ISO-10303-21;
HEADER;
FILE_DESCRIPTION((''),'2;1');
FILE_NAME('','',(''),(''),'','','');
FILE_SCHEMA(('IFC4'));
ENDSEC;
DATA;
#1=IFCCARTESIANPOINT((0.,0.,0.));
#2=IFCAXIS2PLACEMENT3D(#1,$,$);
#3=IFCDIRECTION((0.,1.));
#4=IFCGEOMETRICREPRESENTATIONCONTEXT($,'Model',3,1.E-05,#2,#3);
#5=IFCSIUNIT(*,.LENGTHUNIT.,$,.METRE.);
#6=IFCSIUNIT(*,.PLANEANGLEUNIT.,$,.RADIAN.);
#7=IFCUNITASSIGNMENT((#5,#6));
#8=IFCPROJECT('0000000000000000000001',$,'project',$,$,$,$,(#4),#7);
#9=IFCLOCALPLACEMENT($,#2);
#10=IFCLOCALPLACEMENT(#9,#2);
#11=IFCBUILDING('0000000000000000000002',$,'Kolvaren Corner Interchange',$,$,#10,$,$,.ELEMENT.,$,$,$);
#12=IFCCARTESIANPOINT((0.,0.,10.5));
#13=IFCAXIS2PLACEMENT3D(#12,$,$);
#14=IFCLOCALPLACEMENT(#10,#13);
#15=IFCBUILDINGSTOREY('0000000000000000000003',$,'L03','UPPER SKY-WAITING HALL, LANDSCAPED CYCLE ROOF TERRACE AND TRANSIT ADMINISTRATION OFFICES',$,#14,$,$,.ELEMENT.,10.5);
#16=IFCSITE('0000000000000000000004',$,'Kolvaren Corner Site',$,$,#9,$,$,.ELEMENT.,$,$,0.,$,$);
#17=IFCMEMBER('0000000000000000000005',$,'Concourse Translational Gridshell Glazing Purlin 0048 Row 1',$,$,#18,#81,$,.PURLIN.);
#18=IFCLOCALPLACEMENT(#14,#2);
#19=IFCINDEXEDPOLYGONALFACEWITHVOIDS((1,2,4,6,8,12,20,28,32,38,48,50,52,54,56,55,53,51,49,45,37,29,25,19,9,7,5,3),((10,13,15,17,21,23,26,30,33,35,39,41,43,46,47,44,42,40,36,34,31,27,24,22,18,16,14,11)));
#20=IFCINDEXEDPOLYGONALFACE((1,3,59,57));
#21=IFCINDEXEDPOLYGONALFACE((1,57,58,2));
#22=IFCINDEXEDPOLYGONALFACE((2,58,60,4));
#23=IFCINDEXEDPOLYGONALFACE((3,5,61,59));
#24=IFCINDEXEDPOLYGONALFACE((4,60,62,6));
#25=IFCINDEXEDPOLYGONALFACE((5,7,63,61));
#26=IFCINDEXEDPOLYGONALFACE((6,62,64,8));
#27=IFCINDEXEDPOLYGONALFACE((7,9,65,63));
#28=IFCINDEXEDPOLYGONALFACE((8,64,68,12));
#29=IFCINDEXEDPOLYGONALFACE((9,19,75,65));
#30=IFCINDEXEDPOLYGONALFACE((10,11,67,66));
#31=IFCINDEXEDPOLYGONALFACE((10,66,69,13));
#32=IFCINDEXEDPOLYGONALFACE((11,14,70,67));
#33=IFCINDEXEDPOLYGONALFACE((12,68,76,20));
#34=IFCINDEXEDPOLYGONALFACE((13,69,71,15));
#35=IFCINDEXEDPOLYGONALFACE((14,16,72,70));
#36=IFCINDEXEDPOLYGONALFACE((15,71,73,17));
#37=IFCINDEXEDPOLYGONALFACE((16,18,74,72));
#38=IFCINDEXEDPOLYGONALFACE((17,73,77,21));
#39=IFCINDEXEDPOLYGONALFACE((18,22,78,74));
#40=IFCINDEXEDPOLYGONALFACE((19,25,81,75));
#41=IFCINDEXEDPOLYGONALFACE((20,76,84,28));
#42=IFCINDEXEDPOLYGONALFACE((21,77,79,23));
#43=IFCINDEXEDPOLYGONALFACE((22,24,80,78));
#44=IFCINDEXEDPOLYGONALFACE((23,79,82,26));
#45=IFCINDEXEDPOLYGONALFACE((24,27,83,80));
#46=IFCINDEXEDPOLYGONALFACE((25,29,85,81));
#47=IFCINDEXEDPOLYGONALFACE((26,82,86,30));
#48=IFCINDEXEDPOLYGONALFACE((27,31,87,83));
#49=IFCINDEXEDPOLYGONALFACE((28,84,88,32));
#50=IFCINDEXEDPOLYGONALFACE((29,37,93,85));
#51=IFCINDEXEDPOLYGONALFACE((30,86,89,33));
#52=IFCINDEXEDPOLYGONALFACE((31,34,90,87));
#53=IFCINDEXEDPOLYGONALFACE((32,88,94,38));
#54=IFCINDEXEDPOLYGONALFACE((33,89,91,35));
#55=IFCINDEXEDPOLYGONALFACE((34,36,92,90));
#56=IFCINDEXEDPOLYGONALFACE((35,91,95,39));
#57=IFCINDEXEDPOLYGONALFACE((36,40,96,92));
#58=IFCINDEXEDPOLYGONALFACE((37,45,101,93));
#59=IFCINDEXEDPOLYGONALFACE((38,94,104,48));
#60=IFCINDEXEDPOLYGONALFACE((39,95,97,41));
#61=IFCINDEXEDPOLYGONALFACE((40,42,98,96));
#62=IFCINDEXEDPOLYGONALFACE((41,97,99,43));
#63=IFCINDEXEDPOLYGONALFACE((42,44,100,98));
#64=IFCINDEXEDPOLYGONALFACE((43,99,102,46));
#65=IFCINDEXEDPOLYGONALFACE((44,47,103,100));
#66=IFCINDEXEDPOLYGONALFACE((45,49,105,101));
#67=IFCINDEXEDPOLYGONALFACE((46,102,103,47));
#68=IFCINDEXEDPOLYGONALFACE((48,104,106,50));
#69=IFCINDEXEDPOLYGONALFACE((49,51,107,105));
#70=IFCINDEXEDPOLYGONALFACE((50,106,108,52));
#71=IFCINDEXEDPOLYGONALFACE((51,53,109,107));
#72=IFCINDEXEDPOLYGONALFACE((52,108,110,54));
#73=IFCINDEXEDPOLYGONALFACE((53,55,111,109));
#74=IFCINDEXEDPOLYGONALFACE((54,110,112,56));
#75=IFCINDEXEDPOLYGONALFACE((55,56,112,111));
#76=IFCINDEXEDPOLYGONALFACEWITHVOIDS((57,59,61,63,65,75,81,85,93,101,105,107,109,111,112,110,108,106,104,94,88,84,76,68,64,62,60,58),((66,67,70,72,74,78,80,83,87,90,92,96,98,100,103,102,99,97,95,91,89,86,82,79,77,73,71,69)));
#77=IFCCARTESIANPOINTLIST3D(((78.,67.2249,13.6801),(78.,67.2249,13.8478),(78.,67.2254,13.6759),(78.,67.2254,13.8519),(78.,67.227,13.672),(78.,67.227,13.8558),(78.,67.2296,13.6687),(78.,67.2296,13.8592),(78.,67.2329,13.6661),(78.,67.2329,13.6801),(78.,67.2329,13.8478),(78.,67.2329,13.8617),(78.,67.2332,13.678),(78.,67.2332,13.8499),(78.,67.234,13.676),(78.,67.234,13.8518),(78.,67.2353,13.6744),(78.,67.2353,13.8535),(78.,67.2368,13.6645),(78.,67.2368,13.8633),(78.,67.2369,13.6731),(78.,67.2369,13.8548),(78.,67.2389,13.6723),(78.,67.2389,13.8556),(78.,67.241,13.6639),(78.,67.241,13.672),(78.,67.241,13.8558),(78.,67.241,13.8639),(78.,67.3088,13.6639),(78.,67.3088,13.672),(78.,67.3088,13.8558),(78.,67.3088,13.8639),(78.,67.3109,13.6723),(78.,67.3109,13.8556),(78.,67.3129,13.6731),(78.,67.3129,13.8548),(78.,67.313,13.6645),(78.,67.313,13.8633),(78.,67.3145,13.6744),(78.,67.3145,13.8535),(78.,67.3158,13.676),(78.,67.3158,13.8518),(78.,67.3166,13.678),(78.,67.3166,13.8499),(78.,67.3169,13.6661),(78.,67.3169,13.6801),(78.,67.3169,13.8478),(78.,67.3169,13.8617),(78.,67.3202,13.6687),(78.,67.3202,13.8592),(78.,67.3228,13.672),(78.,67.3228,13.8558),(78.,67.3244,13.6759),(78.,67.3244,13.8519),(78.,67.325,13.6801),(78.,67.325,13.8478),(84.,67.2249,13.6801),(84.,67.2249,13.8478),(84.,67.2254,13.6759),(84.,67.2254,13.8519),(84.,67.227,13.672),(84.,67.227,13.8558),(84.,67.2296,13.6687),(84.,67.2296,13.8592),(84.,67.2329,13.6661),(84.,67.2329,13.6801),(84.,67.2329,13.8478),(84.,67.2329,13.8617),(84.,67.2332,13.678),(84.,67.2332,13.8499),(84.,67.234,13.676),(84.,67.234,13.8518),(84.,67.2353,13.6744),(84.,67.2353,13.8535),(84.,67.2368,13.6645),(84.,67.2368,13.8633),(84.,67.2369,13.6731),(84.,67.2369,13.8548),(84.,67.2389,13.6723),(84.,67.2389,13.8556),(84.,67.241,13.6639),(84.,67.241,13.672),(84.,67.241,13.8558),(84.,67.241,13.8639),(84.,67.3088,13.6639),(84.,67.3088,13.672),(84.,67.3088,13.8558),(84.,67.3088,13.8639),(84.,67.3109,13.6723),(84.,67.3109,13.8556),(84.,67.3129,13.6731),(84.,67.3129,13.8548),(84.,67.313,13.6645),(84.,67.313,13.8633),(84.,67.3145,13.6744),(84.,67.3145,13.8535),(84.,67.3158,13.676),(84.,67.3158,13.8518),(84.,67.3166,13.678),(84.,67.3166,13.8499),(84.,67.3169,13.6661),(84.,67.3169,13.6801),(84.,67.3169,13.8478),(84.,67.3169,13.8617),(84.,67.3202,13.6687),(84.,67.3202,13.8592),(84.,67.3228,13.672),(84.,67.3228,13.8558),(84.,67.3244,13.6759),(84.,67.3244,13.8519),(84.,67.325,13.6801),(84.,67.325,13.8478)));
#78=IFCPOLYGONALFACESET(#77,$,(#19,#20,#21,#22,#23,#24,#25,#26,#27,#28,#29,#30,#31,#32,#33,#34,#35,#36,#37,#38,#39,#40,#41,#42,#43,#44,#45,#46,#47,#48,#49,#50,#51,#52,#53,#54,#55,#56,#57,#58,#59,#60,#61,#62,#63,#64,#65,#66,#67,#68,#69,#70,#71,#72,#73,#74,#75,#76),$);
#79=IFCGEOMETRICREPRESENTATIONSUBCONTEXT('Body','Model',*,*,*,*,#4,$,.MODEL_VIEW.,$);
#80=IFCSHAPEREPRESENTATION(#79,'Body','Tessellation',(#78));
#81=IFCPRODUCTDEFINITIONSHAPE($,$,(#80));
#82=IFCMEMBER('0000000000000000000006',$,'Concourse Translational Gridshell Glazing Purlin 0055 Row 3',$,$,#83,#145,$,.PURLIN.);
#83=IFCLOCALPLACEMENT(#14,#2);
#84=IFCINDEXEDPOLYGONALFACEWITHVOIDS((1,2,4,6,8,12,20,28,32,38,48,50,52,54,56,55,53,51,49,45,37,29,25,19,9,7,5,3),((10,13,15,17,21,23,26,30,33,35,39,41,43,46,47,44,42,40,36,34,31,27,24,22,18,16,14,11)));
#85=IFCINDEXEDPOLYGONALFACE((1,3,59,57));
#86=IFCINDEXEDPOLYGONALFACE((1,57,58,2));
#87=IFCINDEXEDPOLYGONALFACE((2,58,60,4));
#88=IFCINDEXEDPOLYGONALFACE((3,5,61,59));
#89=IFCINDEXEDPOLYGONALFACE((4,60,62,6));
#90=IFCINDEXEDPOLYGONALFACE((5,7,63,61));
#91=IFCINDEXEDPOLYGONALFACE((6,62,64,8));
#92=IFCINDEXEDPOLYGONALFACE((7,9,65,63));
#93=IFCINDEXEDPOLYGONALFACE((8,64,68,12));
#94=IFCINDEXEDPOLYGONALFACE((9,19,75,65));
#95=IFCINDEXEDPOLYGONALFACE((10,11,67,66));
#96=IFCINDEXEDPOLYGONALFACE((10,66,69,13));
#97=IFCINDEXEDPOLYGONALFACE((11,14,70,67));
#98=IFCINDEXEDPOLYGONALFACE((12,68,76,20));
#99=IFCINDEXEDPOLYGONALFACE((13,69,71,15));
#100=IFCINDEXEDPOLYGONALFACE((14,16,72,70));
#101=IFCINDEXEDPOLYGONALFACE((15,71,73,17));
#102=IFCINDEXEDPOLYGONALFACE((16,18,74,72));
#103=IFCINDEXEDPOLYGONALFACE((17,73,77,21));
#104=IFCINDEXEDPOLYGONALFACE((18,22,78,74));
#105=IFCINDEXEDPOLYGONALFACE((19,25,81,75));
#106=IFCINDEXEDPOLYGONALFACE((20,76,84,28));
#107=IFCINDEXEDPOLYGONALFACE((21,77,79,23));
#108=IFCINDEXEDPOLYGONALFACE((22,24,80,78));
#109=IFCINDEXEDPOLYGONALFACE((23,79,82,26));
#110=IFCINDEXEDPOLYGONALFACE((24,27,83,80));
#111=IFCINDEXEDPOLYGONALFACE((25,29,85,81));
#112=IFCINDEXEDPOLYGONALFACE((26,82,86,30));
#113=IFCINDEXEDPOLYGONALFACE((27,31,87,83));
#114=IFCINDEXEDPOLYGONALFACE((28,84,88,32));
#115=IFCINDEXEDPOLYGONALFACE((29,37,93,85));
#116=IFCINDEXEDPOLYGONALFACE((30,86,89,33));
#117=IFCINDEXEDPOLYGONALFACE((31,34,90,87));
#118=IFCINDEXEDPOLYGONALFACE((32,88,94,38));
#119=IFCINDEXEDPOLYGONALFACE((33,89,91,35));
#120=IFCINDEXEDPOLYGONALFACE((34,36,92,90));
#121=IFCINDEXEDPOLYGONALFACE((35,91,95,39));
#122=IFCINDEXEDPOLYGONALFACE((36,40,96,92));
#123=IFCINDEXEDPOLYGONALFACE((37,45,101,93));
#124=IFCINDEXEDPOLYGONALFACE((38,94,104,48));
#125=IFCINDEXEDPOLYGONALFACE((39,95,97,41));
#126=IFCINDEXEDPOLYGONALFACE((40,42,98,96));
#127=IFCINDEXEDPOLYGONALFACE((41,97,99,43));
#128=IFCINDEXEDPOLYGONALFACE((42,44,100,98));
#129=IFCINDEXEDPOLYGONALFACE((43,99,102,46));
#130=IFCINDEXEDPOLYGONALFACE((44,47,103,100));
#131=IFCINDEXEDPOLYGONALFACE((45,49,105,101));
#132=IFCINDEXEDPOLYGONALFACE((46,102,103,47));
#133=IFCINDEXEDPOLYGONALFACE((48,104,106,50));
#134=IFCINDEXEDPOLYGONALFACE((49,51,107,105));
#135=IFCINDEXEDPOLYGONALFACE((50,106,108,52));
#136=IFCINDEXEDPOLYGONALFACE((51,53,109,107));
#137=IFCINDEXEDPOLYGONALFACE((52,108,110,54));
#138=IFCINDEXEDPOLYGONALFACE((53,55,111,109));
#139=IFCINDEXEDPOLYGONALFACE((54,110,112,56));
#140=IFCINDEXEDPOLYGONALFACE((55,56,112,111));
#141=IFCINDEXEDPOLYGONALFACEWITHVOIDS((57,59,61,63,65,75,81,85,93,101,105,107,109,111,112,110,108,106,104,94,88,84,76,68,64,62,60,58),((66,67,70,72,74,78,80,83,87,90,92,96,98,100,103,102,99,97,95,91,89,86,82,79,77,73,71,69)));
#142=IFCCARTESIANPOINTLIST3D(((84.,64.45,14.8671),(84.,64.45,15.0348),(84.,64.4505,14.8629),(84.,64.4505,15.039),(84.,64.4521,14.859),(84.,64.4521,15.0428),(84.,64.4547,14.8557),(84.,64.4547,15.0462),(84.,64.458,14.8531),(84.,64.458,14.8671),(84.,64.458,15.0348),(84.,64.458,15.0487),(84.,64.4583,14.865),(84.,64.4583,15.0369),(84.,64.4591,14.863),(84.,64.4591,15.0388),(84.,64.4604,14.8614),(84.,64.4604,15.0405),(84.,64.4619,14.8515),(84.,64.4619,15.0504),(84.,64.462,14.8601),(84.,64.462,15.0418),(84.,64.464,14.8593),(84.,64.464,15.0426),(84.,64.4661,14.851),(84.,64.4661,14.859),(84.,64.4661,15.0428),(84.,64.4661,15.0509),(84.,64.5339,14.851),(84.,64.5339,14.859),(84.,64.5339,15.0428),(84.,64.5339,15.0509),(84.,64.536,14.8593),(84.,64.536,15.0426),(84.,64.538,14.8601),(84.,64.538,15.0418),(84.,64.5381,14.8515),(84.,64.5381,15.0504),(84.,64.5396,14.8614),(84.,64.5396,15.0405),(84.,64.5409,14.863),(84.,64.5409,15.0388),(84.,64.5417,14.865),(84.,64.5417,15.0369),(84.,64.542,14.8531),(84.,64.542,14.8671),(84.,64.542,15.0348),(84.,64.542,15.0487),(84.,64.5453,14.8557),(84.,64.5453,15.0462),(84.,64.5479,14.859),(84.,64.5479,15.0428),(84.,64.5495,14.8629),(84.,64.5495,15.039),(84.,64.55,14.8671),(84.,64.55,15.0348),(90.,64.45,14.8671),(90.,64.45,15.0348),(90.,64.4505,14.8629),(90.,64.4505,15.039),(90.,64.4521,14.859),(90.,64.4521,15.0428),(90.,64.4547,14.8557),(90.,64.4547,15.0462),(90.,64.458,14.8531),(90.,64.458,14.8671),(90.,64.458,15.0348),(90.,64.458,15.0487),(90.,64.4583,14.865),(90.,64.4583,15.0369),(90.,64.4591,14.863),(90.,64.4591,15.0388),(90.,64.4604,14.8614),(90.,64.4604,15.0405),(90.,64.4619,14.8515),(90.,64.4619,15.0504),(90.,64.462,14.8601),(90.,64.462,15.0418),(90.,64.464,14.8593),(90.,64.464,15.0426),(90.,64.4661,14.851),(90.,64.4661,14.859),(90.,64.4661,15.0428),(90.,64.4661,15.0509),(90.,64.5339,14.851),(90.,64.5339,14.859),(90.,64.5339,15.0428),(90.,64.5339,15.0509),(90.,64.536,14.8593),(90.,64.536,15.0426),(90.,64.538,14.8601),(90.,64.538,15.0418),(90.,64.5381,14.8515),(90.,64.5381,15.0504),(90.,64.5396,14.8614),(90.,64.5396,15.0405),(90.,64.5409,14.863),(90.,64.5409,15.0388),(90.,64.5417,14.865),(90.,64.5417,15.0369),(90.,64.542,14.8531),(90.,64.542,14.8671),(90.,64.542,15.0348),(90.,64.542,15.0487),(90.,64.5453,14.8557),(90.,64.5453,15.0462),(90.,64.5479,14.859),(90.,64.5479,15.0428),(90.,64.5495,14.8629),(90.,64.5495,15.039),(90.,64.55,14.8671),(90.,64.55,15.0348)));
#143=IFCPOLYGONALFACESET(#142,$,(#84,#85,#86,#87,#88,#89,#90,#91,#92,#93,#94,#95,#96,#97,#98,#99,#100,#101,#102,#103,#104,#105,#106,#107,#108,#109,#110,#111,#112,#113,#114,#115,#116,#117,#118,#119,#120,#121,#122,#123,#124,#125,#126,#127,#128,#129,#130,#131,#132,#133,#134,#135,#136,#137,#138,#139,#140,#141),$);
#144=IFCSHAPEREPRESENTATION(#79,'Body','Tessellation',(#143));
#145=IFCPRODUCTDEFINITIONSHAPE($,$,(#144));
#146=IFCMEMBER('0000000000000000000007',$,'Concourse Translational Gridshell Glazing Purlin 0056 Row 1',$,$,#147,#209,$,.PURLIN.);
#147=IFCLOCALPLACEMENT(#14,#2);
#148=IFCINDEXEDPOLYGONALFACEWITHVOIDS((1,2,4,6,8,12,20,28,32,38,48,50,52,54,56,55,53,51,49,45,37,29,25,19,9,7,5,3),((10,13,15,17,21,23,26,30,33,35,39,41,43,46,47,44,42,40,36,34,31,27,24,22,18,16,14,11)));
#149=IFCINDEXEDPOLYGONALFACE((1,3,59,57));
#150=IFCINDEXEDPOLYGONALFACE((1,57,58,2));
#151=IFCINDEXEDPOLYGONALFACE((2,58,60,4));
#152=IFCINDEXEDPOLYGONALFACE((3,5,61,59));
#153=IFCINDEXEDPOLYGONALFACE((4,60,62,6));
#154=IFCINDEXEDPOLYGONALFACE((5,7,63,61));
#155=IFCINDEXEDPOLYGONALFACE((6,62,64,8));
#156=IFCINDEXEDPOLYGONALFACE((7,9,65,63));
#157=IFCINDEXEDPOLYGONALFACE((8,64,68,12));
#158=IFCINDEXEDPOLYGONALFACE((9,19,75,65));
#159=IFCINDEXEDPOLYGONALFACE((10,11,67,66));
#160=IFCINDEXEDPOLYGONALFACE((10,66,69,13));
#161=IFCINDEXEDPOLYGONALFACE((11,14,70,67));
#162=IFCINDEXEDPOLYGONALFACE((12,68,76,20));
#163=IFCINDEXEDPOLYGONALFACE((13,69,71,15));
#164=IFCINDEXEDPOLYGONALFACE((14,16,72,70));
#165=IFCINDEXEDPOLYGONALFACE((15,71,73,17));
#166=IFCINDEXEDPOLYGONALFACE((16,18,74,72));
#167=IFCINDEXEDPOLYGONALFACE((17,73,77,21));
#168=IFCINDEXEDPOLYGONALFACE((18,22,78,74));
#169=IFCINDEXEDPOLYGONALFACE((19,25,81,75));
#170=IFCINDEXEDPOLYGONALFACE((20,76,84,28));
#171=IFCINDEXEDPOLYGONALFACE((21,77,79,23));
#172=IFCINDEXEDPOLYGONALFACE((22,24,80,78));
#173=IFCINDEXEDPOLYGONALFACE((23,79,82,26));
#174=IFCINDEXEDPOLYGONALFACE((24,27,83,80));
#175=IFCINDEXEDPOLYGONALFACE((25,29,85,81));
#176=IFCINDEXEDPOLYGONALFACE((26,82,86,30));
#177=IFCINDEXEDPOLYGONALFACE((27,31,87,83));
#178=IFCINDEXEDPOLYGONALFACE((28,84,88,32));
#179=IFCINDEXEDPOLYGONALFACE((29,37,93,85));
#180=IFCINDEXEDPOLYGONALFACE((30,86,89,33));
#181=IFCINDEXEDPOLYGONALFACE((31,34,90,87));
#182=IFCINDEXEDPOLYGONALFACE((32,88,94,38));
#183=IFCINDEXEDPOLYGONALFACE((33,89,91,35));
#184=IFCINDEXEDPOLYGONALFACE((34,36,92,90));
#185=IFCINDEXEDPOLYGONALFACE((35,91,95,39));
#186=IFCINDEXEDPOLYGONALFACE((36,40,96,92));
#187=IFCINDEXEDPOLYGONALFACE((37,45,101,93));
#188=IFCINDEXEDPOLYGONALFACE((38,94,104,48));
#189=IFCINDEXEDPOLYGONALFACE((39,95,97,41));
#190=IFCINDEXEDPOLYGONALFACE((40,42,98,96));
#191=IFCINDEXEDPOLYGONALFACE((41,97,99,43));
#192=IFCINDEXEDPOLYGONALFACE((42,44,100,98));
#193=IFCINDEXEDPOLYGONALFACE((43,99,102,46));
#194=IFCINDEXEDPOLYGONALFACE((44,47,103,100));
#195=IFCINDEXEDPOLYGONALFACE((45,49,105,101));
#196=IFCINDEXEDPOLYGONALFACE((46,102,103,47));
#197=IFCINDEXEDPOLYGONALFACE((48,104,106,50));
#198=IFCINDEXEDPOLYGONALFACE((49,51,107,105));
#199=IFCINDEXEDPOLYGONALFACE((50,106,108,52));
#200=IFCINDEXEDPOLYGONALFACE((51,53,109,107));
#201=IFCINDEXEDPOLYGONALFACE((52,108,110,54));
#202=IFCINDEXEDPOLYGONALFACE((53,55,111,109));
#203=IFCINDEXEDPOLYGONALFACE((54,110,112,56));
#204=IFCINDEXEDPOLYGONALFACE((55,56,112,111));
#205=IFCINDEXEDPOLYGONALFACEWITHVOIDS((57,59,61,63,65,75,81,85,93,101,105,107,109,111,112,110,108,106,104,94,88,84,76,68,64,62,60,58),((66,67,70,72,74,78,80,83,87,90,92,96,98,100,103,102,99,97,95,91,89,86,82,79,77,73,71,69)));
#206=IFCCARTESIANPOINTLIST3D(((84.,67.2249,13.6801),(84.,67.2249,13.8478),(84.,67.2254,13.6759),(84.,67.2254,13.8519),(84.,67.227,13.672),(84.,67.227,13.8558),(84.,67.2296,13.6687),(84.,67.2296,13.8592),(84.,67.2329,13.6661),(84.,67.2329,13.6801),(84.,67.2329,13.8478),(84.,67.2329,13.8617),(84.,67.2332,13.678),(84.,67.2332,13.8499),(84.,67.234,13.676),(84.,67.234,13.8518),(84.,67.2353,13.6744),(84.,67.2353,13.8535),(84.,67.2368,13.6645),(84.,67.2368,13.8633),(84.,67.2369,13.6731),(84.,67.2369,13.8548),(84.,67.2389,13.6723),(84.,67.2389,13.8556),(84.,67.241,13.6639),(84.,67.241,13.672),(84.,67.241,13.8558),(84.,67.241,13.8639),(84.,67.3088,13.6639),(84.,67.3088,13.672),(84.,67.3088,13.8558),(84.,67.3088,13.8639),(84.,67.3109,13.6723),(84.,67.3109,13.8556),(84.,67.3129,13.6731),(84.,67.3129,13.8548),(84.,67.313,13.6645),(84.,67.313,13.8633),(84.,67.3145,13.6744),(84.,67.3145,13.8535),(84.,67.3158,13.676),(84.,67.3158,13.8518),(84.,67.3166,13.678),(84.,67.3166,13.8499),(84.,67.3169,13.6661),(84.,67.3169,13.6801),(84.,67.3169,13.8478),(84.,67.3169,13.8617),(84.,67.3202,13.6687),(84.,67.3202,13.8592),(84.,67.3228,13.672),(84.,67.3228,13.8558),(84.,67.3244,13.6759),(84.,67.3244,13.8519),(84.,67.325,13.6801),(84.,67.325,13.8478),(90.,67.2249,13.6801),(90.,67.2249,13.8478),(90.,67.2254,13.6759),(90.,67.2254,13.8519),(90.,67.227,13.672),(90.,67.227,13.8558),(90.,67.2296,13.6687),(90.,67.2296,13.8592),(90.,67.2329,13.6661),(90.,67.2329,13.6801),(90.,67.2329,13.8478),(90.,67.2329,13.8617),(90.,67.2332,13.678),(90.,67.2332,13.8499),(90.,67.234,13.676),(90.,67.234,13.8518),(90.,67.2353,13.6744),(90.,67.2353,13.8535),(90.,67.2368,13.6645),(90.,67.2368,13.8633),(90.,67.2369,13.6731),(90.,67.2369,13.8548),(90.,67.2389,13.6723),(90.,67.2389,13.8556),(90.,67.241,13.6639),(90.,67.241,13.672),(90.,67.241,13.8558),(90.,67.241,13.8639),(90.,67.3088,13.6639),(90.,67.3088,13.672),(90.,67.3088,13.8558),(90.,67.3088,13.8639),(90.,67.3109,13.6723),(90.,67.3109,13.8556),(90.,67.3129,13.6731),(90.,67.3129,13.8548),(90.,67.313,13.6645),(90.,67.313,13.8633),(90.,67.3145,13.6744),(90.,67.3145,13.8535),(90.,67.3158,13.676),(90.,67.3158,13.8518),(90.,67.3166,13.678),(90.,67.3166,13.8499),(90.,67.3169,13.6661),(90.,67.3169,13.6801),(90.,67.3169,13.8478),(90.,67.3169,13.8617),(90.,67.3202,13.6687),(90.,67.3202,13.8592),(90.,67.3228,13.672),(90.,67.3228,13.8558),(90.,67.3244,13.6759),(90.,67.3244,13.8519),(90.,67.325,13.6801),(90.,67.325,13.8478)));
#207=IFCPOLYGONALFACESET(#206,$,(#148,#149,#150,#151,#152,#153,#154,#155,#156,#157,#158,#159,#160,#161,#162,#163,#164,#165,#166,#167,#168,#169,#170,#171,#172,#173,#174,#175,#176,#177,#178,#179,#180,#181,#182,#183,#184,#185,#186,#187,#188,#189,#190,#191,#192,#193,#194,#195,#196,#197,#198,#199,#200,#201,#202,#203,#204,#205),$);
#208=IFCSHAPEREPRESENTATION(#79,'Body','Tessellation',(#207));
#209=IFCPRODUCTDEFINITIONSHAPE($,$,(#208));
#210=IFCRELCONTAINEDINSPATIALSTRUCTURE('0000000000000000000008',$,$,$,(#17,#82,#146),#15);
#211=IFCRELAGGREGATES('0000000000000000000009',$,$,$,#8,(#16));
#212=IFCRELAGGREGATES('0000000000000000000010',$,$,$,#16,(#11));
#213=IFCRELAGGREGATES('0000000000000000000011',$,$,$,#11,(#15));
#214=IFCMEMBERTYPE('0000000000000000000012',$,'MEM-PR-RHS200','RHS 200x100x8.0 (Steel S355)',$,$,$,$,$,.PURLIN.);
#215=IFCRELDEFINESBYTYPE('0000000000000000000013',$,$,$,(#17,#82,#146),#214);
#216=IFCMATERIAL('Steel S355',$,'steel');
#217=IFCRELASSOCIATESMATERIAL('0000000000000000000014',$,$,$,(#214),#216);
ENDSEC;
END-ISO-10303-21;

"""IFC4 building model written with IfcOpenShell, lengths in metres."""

from ifc_helpers import new_model, si_unit, direction, frame, origin, origin_2d, place, context, subcontext, project, spatial, hollow_rectangle, extrude, material, material_profile, profile_set, type_object, element, save


model = new_model("IFC4")

# Units and contexts
model_context = context("Model", 3, precision=1e-05, world=origin(), true_north=direction((0.0, 1.0)))
body_context = subcontext(model_context, "Body", "Model", "MODEL_VIEW")
ifc_project = project(units=[si_unit("LENGTHUNIT", "METRE"), si_unit("PLANEANGLEUNIT", "RADIAN")], contexts=[model_context])

# Site, building, storey
site_placement = place(None, origin())
site = spatial("IfcSite", under=ifc_project, at=site_placement, Name="Kolvaren Corner Site", CompositionType="ELEMENT", RefElevation=0.0)
building_placement = place(site_placement, origin())
building = spatial("IfcBuilding", under=site, at=building_placement, Name="Kolvaren Corner Interchange", CompositionType="ELEMENT")
storey_placement = place(building_placement, frame((0.0, 0.0, 10.5)))
storey = spatial("IfcBuildingStorey", under=building, at=storey_placement, Name="L03", Description="UPPER SKY-WAITING HALL, LANDSCAPED CYCLE ROOF TERRACE AND TRANSIT ADMINISTRATION OFFICES", CompositionType="ELEMENT", Elevation=10.5)

# Members
ifc_material_1 = material(Name="Steel S355", Category="steel")
ifc_material_profile_1 = material_profile(ifc_material_1, hollow_rectangle(XDim=0.1001, YDim=0.2, WallThickness=0.0081, InnerFilletRadius=0.0081, OuterFilletRadius=0.0161, at=origin_2d()), Name="RHS 200x100x8.0")
ifc_profile_set_1 = profile_set([ifc_material_profile_1], Name="Steel S355")
member_type_1 = type_object("IfcMemberType", Name="MEM-PR-RHS200", Description="RHS 200x100x8.0 (Steel S355)", PredefinedType="PURLIN", material=ifc_profile_set_1)
for number, where, z_axis, x_axis, name in (
    (1, (78.0, 67.2749, 13.7639), (1.0, 0.0, 0.0), (0.0, 1.0, 0.0), "Concourse Translational Gridshell Glazing Purlin 0048 Row 1"),
    (2, (84.0, 64.5, 14.9509), (1.0, 0.0, 0.0), (0.0, 1.0, 0.0), "Concourse Translational Gridshell Glazing Purlin 0055 Row 3"),
    (3, (84.0, 67.2749, 13.7639), (1.0, 0.0, 0.0), (0.0, 1.0, 0.0), "Concourse Translational Gridshell Glazing Purlin 0056 Row 1"),
):
    element("IfcMember", number, at=place(storey_placement, frame(where, z_axis=z_axis, x_axis=x_axis)), inside=storey, type_object=member_type_1, Name=name, PredefinedType="PURLIN", context=body_context, shape_type="SweptSolid", body=[
        extrude(hollow_rectangle(XDim=0.1001, YDim=0.2, WallThickness=0.0081, InnerFilletRadius=0.0081, OuterFilletRadius=0.0161, at=origin_2d()), origin(), (0.0, 0.0, 1.0), 6.0),
    ])

save(model, "model.ifc")
